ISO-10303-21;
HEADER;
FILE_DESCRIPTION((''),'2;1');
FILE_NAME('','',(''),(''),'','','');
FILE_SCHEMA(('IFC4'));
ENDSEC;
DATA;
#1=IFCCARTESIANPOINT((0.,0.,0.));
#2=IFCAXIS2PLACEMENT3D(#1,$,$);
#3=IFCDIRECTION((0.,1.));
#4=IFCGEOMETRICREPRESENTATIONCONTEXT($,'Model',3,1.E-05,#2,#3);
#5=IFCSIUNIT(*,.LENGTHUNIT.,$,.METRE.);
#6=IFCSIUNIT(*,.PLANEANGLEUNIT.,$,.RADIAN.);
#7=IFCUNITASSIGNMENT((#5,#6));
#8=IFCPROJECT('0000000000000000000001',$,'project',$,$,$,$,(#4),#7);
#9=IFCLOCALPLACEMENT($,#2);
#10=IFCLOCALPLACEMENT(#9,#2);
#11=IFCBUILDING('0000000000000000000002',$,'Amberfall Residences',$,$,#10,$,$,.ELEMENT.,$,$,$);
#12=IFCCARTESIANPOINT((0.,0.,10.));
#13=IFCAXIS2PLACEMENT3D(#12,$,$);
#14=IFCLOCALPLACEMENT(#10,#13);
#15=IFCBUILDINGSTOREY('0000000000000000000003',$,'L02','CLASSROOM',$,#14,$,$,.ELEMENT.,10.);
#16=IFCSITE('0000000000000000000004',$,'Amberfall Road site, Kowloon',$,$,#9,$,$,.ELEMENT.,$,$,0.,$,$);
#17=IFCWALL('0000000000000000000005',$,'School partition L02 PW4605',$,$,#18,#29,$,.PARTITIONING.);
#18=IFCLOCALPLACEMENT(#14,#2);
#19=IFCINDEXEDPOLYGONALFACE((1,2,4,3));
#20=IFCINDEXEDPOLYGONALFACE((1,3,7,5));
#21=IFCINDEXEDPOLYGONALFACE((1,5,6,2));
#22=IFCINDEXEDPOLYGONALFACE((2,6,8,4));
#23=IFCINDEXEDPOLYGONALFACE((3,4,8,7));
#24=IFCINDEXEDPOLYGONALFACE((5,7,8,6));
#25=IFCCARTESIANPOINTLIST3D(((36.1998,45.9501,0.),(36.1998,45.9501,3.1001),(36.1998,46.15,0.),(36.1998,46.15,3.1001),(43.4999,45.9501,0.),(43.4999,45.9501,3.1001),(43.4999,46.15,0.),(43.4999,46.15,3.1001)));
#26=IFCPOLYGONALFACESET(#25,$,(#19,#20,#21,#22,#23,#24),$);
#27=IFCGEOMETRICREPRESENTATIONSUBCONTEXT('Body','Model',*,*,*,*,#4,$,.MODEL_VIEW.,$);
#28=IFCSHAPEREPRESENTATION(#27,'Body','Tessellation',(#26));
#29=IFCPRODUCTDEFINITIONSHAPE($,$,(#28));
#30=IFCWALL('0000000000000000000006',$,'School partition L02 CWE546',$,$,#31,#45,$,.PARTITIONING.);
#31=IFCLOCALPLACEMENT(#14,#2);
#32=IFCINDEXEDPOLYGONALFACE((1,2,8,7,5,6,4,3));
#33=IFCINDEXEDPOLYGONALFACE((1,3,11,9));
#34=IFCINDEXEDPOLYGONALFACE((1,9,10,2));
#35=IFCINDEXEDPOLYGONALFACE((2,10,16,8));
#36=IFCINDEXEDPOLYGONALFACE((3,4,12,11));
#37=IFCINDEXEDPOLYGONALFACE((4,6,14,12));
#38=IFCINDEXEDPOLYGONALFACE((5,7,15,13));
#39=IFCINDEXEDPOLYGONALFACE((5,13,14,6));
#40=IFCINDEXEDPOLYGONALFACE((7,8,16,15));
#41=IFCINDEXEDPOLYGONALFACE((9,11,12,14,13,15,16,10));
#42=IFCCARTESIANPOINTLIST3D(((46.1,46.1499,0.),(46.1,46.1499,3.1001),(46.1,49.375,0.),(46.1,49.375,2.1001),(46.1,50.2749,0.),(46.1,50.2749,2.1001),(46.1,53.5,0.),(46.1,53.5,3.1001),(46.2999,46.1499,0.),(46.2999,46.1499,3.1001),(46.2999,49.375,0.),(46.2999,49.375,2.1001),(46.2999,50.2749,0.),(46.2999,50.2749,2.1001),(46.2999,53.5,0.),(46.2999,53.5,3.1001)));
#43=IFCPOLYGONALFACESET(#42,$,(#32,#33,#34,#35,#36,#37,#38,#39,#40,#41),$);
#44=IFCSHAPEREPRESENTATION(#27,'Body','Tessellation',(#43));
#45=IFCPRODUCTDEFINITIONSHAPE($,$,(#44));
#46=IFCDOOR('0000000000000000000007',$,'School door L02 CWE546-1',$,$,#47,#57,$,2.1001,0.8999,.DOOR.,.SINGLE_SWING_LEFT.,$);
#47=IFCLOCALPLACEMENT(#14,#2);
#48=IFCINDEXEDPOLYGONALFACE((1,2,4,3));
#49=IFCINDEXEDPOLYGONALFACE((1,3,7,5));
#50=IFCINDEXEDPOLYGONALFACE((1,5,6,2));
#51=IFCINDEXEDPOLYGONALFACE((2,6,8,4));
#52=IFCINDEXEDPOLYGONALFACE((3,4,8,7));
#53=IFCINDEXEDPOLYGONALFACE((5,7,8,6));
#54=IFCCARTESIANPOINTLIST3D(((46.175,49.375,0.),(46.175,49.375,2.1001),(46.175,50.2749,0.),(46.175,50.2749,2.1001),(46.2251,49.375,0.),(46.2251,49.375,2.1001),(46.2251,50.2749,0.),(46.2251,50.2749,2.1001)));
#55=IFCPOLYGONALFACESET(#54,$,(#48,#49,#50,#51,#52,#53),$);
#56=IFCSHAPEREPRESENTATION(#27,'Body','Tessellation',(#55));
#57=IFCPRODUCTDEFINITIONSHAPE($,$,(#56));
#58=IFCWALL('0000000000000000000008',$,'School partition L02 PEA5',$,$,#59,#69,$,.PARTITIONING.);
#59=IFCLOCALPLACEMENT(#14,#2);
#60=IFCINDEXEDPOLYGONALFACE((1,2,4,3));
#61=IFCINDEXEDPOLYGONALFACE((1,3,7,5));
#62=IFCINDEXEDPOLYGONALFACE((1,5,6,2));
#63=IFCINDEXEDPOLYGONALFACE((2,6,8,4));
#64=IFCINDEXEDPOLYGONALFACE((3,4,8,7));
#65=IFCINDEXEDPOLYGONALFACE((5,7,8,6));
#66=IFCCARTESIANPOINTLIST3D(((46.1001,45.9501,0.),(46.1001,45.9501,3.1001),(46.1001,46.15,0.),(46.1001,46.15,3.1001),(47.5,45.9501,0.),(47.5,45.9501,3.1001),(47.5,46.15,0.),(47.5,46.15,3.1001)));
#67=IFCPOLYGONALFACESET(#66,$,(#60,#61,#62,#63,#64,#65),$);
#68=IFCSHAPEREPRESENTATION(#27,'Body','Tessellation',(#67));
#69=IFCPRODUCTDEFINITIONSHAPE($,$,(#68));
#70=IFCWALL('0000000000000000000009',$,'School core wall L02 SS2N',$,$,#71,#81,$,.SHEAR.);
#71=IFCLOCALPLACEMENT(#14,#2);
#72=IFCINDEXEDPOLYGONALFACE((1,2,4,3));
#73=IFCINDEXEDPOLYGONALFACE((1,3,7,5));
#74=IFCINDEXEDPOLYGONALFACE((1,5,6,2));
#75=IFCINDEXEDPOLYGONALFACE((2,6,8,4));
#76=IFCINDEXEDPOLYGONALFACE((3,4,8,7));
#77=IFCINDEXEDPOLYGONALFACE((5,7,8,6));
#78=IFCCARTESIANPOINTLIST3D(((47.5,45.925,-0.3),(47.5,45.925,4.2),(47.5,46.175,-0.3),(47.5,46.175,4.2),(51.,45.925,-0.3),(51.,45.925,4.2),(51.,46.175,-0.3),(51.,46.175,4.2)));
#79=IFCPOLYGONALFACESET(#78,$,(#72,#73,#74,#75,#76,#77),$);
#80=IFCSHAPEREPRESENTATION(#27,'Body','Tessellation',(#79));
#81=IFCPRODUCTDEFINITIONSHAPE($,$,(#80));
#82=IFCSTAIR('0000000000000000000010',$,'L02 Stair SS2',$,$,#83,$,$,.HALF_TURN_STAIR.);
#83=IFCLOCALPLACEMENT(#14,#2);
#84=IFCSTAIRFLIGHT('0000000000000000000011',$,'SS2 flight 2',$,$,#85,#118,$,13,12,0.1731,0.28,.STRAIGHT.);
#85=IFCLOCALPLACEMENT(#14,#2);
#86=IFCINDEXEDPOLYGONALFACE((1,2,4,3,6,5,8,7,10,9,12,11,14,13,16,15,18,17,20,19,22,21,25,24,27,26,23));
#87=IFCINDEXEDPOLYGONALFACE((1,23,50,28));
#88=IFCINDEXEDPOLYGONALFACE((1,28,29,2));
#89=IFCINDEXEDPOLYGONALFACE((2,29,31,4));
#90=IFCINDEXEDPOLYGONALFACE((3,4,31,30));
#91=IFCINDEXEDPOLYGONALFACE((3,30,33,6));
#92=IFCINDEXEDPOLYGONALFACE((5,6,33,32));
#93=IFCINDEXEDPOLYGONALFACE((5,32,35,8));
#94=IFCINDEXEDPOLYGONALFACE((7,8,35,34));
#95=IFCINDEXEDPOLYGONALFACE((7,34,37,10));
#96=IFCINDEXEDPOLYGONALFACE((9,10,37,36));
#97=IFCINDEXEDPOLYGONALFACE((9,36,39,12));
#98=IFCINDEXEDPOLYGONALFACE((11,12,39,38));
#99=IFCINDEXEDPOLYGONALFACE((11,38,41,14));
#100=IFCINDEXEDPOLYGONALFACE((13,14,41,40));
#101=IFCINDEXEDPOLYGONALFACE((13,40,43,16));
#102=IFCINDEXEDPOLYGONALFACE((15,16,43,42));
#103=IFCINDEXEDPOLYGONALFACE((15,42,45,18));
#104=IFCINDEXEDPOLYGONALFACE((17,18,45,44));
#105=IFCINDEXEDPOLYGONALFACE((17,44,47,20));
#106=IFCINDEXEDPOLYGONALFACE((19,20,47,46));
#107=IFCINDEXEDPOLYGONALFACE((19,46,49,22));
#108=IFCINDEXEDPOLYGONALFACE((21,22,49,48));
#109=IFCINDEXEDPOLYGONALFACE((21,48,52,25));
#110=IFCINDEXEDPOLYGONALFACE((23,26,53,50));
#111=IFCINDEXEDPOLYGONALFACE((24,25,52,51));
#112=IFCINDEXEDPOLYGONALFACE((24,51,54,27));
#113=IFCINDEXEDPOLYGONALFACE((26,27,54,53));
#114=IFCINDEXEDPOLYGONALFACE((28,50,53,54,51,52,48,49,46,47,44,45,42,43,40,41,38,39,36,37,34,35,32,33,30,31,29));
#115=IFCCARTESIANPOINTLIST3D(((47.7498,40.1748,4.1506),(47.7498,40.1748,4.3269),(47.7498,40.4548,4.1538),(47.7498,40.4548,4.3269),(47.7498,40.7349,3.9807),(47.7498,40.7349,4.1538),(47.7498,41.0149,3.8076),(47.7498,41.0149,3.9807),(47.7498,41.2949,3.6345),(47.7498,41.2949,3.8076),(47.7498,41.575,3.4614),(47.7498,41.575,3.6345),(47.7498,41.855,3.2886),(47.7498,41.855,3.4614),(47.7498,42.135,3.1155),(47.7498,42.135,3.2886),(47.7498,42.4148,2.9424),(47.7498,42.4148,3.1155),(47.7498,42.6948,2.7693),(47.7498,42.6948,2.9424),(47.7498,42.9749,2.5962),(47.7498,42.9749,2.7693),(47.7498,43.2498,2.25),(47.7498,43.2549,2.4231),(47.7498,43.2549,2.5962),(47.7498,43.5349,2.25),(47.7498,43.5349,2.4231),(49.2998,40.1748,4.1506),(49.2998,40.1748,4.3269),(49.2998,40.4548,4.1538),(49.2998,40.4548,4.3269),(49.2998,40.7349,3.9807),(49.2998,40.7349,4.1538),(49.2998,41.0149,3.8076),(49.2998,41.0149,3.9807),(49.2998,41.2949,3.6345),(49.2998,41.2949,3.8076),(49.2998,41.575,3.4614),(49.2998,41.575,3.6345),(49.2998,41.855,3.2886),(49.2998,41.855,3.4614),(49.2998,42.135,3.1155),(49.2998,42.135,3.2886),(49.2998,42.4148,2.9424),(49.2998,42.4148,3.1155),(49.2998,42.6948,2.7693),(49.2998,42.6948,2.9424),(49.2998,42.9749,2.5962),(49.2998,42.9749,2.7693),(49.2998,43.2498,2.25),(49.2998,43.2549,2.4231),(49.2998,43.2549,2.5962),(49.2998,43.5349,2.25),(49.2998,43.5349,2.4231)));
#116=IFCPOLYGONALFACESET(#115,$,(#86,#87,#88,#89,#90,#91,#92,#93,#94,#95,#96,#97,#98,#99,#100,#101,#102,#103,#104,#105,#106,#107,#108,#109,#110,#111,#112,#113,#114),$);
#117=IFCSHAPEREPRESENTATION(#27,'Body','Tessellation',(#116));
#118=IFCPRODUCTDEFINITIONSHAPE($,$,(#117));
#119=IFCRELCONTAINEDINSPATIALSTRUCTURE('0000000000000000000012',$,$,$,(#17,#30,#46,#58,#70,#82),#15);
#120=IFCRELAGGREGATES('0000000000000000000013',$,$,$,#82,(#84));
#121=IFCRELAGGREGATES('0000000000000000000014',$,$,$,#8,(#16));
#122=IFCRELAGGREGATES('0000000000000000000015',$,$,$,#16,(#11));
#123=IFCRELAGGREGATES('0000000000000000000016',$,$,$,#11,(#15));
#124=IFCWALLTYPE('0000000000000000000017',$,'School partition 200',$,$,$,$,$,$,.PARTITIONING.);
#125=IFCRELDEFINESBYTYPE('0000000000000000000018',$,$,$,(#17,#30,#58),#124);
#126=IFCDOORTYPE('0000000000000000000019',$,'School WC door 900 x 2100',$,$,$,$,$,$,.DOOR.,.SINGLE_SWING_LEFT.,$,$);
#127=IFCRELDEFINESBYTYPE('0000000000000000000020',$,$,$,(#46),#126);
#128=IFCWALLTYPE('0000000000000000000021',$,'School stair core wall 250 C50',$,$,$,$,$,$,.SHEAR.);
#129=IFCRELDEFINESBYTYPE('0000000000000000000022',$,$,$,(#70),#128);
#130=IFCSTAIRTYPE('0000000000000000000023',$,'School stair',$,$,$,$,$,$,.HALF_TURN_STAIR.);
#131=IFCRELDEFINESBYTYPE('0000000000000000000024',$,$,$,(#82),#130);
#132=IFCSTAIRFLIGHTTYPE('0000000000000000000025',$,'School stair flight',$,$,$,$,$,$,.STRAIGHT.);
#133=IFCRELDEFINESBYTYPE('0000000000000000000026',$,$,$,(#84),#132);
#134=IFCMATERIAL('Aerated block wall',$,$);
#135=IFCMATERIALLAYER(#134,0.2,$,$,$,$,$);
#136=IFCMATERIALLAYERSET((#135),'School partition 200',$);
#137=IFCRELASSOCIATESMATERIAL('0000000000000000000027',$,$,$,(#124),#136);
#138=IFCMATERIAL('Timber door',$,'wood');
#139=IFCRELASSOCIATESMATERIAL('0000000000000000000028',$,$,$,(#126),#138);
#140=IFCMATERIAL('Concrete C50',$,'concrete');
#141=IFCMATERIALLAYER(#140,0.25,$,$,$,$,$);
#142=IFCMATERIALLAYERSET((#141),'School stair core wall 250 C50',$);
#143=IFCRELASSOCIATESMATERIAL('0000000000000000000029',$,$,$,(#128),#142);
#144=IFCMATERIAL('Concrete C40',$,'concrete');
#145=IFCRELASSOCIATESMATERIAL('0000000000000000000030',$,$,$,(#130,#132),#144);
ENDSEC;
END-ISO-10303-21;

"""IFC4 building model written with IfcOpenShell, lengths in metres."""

from ifc_helpers import new_model, si_unit, direction, frame, frame_2d, origin, place, context, subcontext, project, spatial, polyline, rectangle, outline, extrude, material, layer, layer_set, type_object, element, fill, aggregate, save


model = new_model("IFC4")

# Units and contexts
model_context = context("Model", 3, precision=1e-05, world=origin(), true_north=direction((0.0, 1.0)))
body_context = subcontext(model_context, "Body", "Model", "MODEL_VIEW")
ifc_project = project(units=[si_unit("LENGTHUNIT", "METRE"), si_unit("PLANEANGLEUNIT", "RADIAN")], contexts=[model_context])

# Site, building, storey
site_placement = place(None, origin())
site = spatial("IfcSite", under=ifc_project, at=site_placement, Name="Amberfall Road site, Kowloon", CompositionType="ELEMENT", RefElevation=0.0)
building_placement = place(site_placement, origin())
building = spatial("IfcBuilding", under=site, at=building_placement, Name="Amberfall Residences", CompositionType="ELEMENT")
storey_placement = place(building_placement, frame((0.0, 0.0, 10.0)))
storey = spatial("IfcBuildingStorey", under=building, at=storey_placement, Name="L02", Description="CLASSROOM", CompositionType="ELEMENT", Elevation=10.0)

# Shared definitions
ifc_material_1 = material(Name="Concrete C40", Category="concrete")

# Shared definitions
ifc_material_2 = material(Name="Aerated block wall")

# Shared definitions
ifc_layer_1 = layer(ifc_material_2, 0.2)
ifc_layer_set_1 = layer_set([ifc_layer_1], Name="School partition 200")
wall_type_1 = type_object("IfcWallType", Name="School partition 200", PredefinedType="PARTITIONING", material=ifc_layer_set_1)
ifc_material_3 = material(Name="Timber door", Category="wood")

# Wall
wall_1_placement = place(storey_placement, frame((36.2, 46.05, 0.0), z_axis=(0.0, 0.0, 1.0), x_axis=(1.0, 0.0, 0.0)))
element("IfcWall", 1, at=wall_1_placement, inside=storey, type_object=wall_type_1, Name="School partition L02 PW4605", PredefinedType="PARTITIONING", context=body_context, shape_type="SweptSolid", body=[
    extrude(rectangle(XDim=7.3, YDim=0.2, at=frame_2d((3.6499, 0.0))), origin(), (0.0, 0.0, 1.0), 3.1001),
])

# Wall, opening, door
wall_2_placement = place(storey_placement, frame((46.2, 46.1499, 0.0), z_axis=(0.0, 0.0, 1.0), x_axis=(0.0, 1.0, 0.0)))
wall_2 = element("IfcWall", 2, at=wall_2_placement, inside=storey, type_object=wall_type_1, Name="School partition L02 CWE546", PredefinedType="PARTITIONING", context=body_context, shape_type="SweptSolid", body=[
    extrude(rectangle(XDim=7.3501, YDim=0.2, at=frame_2d((3.675, 0.0))), origin(), (0.0, 0.0, 1.0), 3.1001),
])
opening_1_placement = place(wall_2_placement, frame((3.2251, 0.0, 0.0)))
opening_1 = element("IfcOpeningElement", 3, at=opening_1_placement, cuts=wall_2, PredefinedType="OPENING", context=body_context, shape_type="SweptSolid", body=[
    extrude(rectangle(XDim=0.8999, YDim=2.1001, at=frame_2d((0.45, 1.05))), frame((0.0, 0.1099, 0.0), z_axis=(0.0, -1.0, 0.0), x_axis=(1.0, 0.0, 0.0)), (0.0, 0.0, 1.0), 0.22),
])
door_type_1 = type_object("IfcDoorType", Name="School WC door 900 x 2100", OperationType="SINGLE_SWING_LEFT", PredefinedType="DOOR", material=ifc_material_3)
door_1_placement = place(opening_1_placement, origin())
door_1 = element("IfcDoor", 4, at=door_1_placement, inside=storey, type_object=door_type_1, Name="School door L02 CWE546-1", OperationType="SINGLE_SWING_LEFT", OverallHeight=2.1001, OverallWidth=0.8999, PredefinedType="DOOR", context=body_context, shape_type="SweptSolid", body=[
    extrude(rectangle(XDim=0.8999, YDim=2.1001, at=frame_2d((0.45, 1.05))), frame((0.0, 0.0249, 0.0), z_axis=(0.0, -1.0, 0.0), x_axis=(1.0, 0.0, 0.0)), (0.0, 0.0, 1.0), 0.05),
])
fill(opening_1, door_1)

# Walls
wall_3_placement = place(storey_placement, frame((46.1001, 46.05, 0.0), z_axis=(0.0, 0.0, 1.0), x_axis=(1.0, 0.0, 0.0)))
element("IfcWall", 5, at=wall_3_placement, inside=storey, type_object=wall_type_1, Name="School partition L02 PEA5", PredefinedType="PARTITIONING", context=body_context, shape_type="SweptSolid", body=[
    extrude(rectangle(XDim=1.3999, YDim=0.2, at=frame_2d((0.7, 0.0))), origin(), (0.0, 0.0, 1.0), 3.1001),
])
ifc_material_4 = material(Name="Concrete C50", Category="concrete")
ifc_layer_2 = layer(ifc_material_4, 0.25)
ifc_layer_set_2 = layer_set([ifc_layer_2], Name="School stair core wall 250 C50")
wall_type_2 = type_object("IfcWallType", Name="School stair core wall 250 C50", PredefinedType="SHEAR", material=ifc_layer_set_2)
wall_4_placement = place(storey_placement, frame((47.5, 46.05, -0.3), z_axis=(0.0, 0.0, 1.0), x_axis=(1.0, 0.0, 0.0)))
element("IfcWall", 6, at=wall_4_placement, inside=storey, type_object=wall_type_2, Name="School core wall L02 SS2N", PredefinedType="SHEAR", context=body_context, shape_type="SweptSolid", body=[
    extrude(rectangle(XDim=3.5, YDim=0.25, at=frame_2d((1.75, 0.0))), origin(), (0.0, 0.0, 1.0), 4.5),
])

# Stair, stair flight
stair_type = type_object("IfcStairType", Name="School stair", PredefinedType="HALF_TURN_STAIR", material=ifc_material_1)
stair_placement = place(storey_placement, origin())
stair = element("IfcStair", 7, at=stair_placement, inside=storey, type_object=stair_type, Name="L02 Stair SS2", PredefinedType="HALF_TURN_STAIR")
stair_flight_type = type_object("IfcStairFlightType", Name="School stair flight", PredefinedType="STRAIGHT", material=ifc_material_1)
stair_flight_placement = place(storey_placement, frame((48.5249, 43.5349, 2.25), z_axis=(0.0, 0.0, 1.0), x_axis=(0.0, -1.0, 0.0)))
stair_flight = element("IfcStairFlight", 8, at=stair_flight_placement, type_object=stair_flight_type, Name="SS2 flight 2", NumberOfRisers=13, NumberOfTreads=12, PredefinedType="STRAIGHT", RiserHeight=0.1731, TreadLength=0.28, context=body_context, shape_type="SweptSolid", body=[
    extrude(outline(polyline([(0.0, 0.0), (0.0, 0.1731), (0.28, 0.1731), (0.28, 0.3462), (0.5601, 0.3462), (0.5601, 0.5193), (0.8401, 0.5193), (0.8401, 0.6924), (1.1201, 0.6924), (1.1201, 0.8655), (1.3999, 0.8655), (1.3999, 1.0386), (1.6799, 1.0386), (1.6799, 1.2114), (1.96, 1.2114), (1.96, 1.3845), (2.24, 1.3845), (2.24, 1.5576), (2.52, 1.5576), (2.52, 1.7307), (2.8, 1.7307), (2.8, 1.9038), (3.0801, 1.9038), (3.0801, 2.0769), (3.3601, 2.0769), (3.3601, 2.25), (3.3601, 1.9006), (0.2852, 0.0), (0.0, 0.0)])), frame((0.0, 0.7749, 0.0), z_axis=(0.0, -1.0, 0.0), x_axis=(1.0, 0.0, 0.0)), (0.0, 0.0, 1.0), 1.55),
])
aggregate(stair, [stair_flight])

save(model, "model.ifc")
